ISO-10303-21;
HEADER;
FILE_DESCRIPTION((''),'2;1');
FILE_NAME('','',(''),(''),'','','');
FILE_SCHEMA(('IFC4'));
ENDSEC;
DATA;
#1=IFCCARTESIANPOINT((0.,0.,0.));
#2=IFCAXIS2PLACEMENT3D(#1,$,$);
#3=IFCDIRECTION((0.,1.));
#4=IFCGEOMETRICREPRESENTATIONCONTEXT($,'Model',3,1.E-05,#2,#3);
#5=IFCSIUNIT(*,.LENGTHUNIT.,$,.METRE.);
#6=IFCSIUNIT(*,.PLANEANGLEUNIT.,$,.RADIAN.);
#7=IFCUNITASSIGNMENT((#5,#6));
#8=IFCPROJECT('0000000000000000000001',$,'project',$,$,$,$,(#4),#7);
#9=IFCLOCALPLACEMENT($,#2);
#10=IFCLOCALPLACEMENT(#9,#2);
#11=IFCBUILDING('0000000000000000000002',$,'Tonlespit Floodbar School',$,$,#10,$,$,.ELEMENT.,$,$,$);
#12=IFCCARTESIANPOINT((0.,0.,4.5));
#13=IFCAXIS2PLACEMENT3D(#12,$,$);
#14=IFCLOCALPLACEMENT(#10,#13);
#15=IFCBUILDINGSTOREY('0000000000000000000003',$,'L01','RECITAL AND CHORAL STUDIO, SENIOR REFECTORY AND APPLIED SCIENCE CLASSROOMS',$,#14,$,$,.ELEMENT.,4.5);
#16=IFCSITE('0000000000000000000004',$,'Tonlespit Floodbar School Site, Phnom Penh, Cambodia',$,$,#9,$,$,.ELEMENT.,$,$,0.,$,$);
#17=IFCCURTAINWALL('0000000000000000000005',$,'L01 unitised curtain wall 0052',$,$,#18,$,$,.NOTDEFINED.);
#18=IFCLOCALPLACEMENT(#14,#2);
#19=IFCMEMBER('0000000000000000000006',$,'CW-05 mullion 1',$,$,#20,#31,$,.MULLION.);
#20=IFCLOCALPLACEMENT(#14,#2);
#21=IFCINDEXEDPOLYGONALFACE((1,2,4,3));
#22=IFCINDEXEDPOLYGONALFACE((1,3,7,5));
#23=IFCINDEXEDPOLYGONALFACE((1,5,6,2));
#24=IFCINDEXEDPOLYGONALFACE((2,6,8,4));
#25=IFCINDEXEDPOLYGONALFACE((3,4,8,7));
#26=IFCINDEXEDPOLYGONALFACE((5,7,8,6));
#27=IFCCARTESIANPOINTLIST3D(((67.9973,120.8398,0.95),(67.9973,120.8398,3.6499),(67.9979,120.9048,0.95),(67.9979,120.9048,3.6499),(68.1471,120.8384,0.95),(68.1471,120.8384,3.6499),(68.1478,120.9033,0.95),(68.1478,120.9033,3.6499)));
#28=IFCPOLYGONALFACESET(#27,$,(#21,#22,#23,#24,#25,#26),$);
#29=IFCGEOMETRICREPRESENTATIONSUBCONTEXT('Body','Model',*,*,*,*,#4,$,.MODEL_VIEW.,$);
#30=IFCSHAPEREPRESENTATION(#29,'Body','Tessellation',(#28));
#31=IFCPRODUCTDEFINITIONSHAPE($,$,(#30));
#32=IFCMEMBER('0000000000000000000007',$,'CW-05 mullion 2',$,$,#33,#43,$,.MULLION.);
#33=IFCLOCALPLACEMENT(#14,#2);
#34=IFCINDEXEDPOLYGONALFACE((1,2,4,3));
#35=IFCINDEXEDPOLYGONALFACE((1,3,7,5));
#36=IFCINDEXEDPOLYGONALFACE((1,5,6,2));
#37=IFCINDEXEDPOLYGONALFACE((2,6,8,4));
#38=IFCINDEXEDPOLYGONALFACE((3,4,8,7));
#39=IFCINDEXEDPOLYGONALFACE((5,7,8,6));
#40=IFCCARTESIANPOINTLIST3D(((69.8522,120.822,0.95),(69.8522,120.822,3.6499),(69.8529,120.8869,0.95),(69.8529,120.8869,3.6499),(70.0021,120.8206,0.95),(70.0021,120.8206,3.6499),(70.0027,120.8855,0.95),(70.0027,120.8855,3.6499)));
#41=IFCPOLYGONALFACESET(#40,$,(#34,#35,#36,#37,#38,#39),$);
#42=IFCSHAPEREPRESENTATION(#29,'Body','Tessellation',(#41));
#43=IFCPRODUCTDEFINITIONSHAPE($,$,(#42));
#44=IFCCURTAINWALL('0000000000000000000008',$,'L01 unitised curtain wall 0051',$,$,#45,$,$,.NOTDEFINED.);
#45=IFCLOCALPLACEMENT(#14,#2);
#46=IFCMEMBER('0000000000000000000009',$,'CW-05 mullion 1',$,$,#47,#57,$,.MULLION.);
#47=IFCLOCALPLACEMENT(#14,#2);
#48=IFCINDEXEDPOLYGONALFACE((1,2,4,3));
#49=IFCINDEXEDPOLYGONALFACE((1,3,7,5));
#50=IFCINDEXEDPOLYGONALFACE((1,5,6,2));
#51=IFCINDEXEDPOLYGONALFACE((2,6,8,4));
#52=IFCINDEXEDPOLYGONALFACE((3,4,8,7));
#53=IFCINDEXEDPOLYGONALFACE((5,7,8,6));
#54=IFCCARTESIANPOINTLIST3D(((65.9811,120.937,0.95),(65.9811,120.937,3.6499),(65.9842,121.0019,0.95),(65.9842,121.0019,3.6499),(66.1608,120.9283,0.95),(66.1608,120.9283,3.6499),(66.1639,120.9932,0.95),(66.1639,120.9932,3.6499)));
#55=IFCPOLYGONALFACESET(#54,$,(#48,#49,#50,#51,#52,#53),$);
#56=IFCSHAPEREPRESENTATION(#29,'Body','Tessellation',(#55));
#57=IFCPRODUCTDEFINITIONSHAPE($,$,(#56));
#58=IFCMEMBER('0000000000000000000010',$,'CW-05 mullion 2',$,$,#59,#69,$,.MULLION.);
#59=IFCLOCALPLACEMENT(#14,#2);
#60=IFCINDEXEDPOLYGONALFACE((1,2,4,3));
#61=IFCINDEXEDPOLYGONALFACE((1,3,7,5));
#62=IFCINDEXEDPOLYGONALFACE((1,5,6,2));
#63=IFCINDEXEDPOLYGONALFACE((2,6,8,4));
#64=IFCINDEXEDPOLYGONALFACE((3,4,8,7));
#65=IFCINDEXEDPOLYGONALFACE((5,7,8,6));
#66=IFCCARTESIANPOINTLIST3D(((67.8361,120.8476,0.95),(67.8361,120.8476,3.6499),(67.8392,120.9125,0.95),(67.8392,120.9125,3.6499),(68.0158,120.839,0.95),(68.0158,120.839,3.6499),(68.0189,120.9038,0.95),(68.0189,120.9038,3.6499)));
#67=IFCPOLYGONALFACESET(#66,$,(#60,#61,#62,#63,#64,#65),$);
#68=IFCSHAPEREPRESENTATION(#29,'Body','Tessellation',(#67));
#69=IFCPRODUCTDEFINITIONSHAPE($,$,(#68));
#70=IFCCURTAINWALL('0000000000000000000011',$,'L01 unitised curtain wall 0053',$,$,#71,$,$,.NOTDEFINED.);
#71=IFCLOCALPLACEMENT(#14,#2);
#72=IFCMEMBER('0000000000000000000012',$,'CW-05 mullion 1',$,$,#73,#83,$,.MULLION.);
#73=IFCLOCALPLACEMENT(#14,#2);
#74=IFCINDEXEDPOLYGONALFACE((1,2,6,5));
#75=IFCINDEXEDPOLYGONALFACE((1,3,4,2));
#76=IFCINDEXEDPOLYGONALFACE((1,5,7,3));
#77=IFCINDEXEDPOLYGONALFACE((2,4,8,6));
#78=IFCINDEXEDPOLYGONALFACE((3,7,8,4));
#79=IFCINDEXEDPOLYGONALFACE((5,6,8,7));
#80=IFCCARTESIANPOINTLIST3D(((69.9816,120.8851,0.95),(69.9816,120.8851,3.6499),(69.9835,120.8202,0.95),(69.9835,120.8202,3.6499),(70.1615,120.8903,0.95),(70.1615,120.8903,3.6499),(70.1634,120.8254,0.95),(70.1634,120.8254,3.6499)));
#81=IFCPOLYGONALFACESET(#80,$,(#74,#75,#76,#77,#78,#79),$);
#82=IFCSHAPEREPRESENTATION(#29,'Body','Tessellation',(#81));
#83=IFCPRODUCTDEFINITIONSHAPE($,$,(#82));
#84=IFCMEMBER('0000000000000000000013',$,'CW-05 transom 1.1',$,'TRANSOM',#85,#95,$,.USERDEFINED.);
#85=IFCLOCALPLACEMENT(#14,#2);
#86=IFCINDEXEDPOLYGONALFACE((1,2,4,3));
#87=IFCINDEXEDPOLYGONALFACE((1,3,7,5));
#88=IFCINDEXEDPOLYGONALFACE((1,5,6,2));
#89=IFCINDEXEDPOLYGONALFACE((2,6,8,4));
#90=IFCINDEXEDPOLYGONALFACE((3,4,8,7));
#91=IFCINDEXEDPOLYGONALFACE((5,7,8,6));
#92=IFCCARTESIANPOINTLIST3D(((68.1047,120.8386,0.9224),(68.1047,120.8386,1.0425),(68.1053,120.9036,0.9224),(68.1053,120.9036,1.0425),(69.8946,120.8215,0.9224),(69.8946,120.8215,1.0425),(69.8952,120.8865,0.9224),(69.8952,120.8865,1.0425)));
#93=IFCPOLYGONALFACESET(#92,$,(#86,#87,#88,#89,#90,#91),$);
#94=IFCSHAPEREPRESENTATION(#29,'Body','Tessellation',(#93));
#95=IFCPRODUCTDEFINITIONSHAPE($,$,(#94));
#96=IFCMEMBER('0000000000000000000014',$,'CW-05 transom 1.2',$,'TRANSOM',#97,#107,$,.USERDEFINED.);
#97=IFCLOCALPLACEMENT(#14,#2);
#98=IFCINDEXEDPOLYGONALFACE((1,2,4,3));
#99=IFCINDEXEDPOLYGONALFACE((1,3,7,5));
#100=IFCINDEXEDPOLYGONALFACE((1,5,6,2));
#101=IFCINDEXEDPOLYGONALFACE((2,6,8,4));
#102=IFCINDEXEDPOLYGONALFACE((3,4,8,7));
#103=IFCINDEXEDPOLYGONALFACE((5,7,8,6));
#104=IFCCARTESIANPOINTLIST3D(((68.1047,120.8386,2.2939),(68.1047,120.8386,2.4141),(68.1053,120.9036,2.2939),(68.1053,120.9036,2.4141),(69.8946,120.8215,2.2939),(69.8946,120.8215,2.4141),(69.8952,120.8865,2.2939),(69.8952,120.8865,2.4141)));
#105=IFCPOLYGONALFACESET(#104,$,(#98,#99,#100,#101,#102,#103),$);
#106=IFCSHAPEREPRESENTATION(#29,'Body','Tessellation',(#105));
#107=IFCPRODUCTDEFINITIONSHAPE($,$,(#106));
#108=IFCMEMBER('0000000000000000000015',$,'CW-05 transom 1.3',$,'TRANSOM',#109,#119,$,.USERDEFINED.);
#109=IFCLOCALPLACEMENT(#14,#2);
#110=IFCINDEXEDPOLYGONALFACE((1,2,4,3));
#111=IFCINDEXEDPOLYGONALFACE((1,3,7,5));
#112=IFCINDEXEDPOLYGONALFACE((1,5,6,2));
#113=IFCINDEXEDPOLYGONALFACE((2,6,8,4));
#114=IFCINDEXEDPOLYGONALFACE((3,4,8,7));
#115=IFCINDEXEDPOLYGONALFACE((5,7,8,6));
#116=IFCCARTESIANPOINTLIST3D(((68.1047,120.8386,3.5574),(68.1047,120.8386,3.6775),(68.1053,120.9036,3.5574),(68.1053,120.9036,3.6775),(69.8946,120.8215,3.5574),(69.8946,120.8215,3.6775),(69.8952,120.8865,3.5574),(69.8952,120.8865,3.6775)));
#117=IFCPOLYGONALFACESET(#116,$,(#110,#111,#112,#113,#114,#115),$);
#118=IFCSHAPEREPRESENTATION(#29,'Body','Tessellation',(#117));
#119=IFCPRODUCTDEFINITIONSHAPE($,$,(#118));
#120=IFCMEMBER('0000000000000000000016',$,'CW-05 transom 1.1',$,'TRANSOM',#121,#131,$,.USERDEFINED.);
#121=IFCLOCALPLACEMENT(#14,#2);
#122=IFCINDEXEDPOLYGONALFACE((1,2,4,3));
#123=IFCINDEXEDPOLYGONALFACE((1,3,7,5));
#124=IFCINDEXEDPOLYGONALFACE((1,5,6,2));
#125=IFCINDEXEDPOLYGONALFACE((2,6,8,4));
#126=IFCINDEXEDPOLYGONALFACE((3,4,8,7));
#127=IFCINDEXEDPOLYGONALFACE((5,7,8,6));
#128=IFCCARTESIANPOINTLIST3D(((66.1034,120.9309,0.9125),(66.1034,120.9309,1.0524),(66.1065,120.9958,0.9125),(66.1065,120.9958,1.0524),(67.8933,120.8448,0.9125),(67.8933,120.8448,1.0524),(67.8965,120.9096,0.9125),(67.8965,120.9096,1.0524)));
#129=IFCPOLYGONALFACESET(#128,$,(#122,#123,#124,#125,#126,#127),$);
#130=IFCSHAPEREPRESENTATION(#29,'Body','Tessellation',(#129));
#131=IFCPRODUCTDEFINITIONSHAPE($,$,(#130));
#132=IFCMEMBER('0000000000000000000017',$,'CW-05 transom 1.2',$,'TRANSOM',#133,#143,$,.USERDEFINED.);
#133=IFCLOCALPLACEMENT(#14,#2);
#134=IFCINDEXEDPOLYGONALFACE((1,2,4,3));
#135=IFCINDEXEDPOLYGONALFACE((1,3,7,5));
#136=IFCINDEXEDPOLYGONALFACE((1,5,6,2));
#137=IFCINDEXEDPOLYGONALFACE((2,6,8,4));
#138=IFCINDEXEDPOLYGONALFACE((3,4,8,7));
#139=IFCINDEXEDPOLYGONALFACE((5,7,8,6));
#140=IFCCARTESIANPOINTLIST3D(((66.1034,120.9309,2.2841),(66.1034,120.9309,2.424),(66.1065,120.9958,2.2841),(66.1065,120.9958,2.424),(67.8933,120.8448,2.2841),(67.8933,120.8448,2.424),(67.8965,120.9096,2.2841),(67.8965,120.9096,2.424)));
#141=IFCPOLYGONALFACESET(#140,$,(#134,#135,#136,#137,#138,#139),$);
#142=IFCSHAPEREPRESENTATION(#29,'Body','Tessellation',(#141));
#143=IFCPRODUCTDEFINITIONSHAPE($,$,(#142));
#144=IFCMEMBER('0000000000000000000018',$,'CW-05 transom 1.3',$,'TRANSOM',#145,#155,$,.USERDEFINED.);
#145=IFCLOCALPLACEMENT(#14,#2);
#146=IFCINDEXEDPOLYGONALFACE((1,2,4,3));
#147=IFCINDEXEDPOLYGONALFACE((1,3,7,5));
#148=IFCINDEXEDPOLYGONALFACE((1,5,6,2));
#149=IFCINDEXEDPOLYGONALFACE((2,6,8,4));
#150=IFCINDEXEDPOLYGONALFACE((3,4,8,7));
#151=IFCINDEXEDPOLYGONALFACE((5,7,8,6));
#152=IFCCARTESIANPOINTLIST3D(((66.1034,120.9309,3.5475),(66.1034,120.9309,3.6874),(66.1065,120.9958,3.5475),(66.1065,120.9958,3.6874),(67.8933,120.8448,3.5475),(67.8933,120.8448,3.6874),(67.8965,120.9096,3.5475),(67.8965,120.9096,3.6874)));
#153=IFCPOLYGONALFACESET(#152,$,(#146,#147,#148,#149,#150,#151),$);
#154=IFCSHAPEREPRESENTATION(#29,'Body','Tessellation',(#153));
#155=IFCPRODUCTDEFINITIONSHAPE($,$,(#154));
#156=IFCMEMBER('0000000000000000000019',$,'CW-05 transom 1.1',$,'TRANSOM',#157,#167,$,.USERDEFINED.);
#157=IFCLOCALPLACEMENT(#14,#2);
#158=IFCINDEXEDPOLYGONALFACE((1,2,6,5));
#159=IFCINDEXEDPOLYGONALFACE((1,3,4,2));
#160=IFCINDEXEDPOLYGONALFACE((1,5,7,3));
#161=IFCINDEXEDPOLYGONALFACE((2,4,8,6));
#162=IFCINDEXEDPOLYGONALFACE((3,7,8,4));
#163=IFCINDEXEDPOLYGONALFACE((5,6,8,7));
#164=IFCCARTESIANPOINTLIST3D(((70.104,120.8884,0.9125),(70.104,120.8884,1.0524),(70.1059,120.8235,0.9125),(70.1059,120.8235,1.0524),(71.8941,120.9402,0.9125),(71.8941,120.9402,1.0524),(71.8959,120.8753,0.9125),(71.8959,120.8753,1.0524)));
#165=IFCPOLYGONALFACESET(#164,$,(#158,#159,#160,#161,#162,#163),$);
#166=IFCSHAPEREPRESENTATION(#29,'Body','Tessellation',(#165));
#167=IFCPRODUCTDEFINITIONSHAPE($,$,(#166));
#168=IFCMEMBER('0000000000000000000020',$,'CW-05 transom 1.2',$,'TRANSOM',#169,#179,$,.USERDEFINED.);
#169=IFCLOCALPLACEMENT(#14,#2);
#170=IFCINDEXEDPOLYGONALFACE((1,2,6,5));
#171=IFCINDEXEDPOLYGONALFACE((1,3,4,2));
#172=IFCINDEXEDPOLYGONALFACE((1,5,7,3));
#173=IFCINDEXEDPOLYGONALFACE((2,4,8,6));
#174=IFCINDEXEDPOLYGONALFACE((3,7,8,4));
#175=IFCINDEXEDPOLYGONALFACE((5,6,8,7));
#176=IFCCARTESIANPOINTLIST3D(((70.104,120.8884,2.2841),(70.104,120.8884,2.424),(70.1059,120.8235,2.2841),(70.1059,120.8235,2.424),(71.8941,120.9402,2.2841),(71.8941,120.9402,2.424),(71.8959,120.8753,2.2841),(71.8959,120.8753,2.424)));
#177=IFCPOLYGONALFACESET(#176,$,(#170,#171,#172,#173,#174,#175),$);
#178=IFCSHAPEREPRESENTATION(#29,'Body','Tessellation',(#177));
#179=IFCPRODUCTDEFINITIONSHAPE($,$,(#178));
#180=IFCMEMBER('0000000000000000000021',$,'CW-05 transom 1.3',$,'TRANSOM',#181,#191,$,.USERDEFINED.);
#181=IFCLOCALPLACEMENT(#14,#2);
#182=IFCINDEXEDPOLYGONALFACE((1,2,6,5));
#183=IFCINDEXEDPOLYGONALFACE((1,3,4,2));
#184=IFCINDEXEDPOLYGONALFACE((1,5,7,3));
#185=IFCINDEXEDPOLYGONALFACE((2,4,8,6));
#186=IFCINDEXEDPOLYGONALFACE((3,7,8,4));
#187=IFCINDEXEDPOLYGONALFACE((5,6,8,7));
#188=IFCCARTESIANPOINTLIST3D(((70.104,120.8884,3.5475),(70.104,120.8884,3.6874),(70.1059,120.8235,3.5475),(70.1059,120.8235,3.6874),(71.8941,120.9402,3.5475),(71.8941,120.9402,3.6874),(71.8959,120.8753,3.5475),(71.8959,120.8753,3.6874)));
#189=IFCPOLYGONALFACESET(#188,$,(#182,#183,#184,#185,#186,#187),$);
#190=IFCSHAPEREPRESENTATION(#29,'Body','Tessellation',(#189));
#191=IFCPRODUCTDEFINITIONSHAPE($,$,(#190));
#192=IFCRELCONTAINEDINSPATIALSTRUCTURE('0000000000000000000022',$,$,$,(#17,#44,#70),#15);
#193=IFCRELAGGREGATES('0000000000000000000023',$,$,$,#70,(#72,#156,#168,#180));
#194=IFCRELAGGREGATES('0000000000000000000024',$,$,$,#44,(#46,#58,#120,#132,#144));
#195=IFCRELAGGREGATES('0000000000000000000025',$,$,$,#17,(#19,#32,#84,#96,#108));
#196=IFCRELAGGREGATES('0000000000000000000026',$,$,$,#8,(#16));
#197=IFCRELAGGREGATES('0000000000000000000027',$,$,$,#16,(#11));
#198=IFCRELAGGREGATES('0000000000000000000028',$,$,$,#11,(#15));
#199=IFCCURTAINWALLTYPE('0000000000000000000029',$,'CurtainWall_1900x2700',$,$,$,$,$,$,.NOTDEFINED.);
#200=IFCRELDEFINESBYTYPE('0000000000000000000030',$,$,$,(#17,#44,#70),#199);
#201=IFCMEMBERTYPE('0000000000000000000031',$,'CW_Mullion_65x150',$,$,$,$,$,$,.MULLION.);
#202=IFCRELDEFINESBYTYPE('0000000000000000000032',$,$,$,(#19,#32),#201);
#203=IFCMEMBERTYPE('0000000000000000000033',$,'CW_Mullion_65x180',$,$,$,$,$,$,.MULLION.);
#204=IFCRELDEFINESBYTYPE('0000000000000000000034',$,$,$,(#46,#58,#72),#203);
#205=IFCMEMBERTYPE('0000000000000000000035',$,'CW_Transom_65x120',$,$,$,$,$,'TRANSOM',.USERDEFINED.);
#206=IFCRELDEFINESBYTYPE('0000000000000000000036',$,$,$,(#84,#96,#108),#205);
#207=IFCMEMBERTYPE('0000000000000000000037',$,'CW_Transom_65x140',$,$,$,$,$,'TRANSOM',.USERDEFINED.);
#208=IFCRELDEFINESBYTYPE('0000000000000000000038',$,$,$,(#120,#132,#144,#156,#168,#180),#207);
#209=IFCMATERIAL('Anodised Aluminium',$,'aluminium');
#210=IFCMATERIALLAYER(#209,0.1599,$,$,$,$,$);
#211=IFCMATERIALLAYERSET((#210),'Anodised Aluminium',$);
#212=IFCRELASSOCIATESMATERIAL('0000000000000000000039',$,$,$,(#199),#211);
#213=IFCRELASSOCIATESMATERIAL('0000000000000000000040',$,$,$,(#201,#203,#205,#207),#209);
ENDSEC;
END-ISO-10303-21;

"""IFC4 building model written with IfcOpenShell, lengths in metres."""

from ifc_helpers import new_model, si_unit, direction, frame, origin, origin_2d, place, context, subcontext, project, spatial, rectangle, extrude, material, layer, layer_set, material_profile, profile_set, type_object, element, aggregate, save


model = new_model("IFC4")

# Units and contexts
model_context = context("Model", 3, precision=1e-05, world=origin(), true_north=direction((0.0, 1.0)))
body_context = subcontext(model_context, "Body", "Model", "MODEL_VIEW")
ifc_project = project(units=[si_unit("LENGTHUNIT", "METRE"), si_unit("PLANEANGLEUNIT", "RADIAN")], contexts=[model_context])

# Site, building, storey
site_placement = place(None, origin())
site = spatial("IfcSite", under=ifc_project, at=site_placement, Name="Tonlespit Floodbar School Site, Phnom Penh, Cambodia", CompositionType="ELEMENT", RefElevation=0.0)
building_placement = place(site_placement, origin())
building = spatial("IfcBuilding", under=site, at=building_placement, Name="Tonlespit Floodbar School", CompositionType="ELEMENT")
storey_placement = place(building_placement, frame((0.0, 0.0, 4.5)))
storey = spatial("IfcBuildingStorey", under=building, at=storey_placement, Name="L01", Description="RECITAL AND CHORAL STUDIO, SENIOR REFECTORY AND APPLIED SCIENCE CLASSROOMS", CompositionType="ELEMENT", Elevation=4.5)

# Curtain walls, members
ifc_material_1 = material(Name="Anodised Aluminium", Category="aluminium")
ifc_layer_1 = layer(ifc_material_1, 0.1599)
ifc_layer_set_1 = layer_set([ifc_layer_1], Name="Anodised Aluminium")
curtain_wall_type = type_object("IfcCurtainWallType", Name="CurtainWall_1900x2700", PredefinedType="NOTDEFINED", material=ifc_layer_set_1)
curtain_wall_1_placement = place(storey_placement, origin())
curtain_wall_1 = element("IfcCurtainWall", 1, at=curtain_wall_1_placement, inside=storey, type_object=curtain_wall_type, Name="L01 unitised curtain wall 0052", PredefinedType="NOTDEFINED")
ifc_material_profile_1 = material_profile(ifc_material_1, rectangle(XDim=0.0649, YDim=0.1499, at=origin_2d()), Name="ALU M65x150")
ifc_profile_set_1 = profile_set([ifc_material_profile_1], Name="Anodised Aluminium")
member_type_1 = type_object("IfcMemberType", Name="CW_Mullion_65x150", PredefinedType="MULLION", material=ifc_profile_set_1)
member_1_placement = place(storey_placement, frame((68.0725, 120.8716, 0.95), z_axis=(0.0, 0.0, 1.0), x_axis=(0.009583, 0.999954, 0.0)))
member_1 = element("IfcMember", 2, at=member_1_placement, type_object=member_type_1, Name="CW-05 mullion 1", PredefinedType="MULLION", context=body_context, shape_type="SweptSolid", body=[
    extrude(rectangle(XDim=0.0649, YDim=0.1499, at=origin_2d()), origin(), (0.0, 0.0, 1.0), 2.7),
])
member_2_placement = place(storey_placement, frame((69.9275, 120.8538, 0.95), z_axis=(0.0, 0.0, 1.0), x_axis=(0.009583, 0.999954, 0.0)))
member_2 = element("IfcMember", 3, at=member_2_placement, type_object=member_type_1, Name="CW-05 mullion 2", PredefinedType="MULLION", context=body_context, shape_type="SweptSolid", body=[
    extrude(rectangle(XDim=0.0649, YDim=0.1499, at=origin_2d()), origin(), (0.0, 0.0, 1.0), 2.7),
])
curtain_wall_2_placement = place(storey_placement, origin())
curtain_wall_2 = element("IfcCurtainWall", 4, at=curtain_wall_2_placement, inside=storey, type_object=curtain_wall_type, Name="L01 unitised curtain wall 0051", PredefinedType="NOTDEFINED")
ifc_material_profile_2 = material_profile(ifc_material_1, rectangle(XDim=0.0649, YDim=0.1799, at=origin_2d()), Name="ALU M65x180")
ifc_profile_set_2 = profile_set([ifc_material_profile_2], Name="Anodised Aluminium")
member_type_2 = type_object("IfcMemberType", Name="CW_Mullion_65x180", PredefinedType="MULLION", material=ifc_profile_set_2)
member_3_placement = place(storey_placement, frame((66.0725, 120.9651, 0.95), z_axis=(0.0, 0.0, 1.0), x_axis=(0.048121, 0.998842, 0.0)))
member_3 = element("IfcMember", 5, at=member_3_placement, type_object=member_type_2, Name="CW-05 mullion 1", PredefinedType="MULLION", context=body_context, shape_type="SweptSolid", body=[
    extrude(rectangle(XDim=0.0649, YDim=0.1799, at=origin_2d()), origin(), (0.0, 0.0, 1.0), 2.7),
])
member_4_placement = place(storey_placement, frame((67.9275, 120.8757, 0.95), z_axis=(0.0, 0.0, 1.0), x_axis=(0.048121, 0.998842, 0.0)))
member_4 = element("IfcMember", 6, at=member_4_placement, type_object=member_type_2, Name="CW-05 mullion 2", PredefinedType="MULLION", context=body_context, shape_type="SweptSolid", body=[
    extrude(rectangle(XDim=0.0649, YDim=0.1799, at=origin_2d()), origin(), (0.0, 0.0, 1.0), 2.7),
])

# Curtain wall, member
curtain_wall_3_placement = place(storey_placement, origin())
curtain_wall_3 = element("IfcCurtainWall", 7, at=curtain_wall_3_placement, inside=storey, type_object=curtain_wall_type, Name="L01 unitised curtain wall 0053", PredefinedType="NOTDEFINED")
member_5_placement = place(storey_placement, frame((70.0725, 120.8552, 0.95), z_axis=(0.0, 0.0, 1.0), x_axis=(-0.02879, 0.999585, 0.0)))
member_5 = element("IfcMember", 8, at=member_5_placement, type_object=member_type_2, Name="CW-05 mullion 1", PredefinedType="MULLION", context=body_context, shape_type="SweptSolid", body=[
    extrude(rectangle(XDim=0.0649, YDim=0.1799, at=origin_2d()), origin(), (0.0, 0.0, 1.0), 2.7),
])

# Members
ifc_material_profile_3 = material_profile(ifc_material_1, rectangle(XDim=0.0649, YDim=0.1201, at=origin_2d()), Name="ALU T65x120")
ifc_profile_set_3 = profile_set([ifc_material_profile_3], Name="Anodised Aluminium")
member_type_3 = type_object("IfcMemberType", Name="CW_Transom_65x120", ElementType="TRANSOM", PredefinedType="USERDEFINED", material=ifc_profile_set_3)
member_6_placement = place(storey_placement, frame((68.105, 120.8711, 0.9824), z_axis=(0.999954, -0.009547, 0.0), x_axis=(0.009547, 0.999954, 0.0)))
member_6 = element("IfcMember", 9, at=member_6_placement, type_object=member_type_3, Name="CW-05 transom 1.1", ObjectType="TRANSOM", PredefinedType="USERDEFINED", context=body_context, shape_type="SweptSolid", body=[
    extrude(rectangle(XDim=0.0649, YDim=0.1201, at=origin_2d()), origin(), (0.0, 0.0, 1.0), 1.79),
])
member_7_placement = place(storey_placement, frame((68.105, 120.8711, 2.354), z_axis=(0.999954, -0.009547, 0.0), x_axis=(0.009547, 0.999954, 0.0)))
member_7 = element("IfcMember", 10, at=member_7_placement, type_object=member_type_3, Name="CW-05 transom 1.2", ObjectType="TRANSOM", PredefinedType="USERDEFINED", context=body_context, shape_type="SweptSolid", body=[
    extrude(rectangle(XDim=0.0649, YDim=0.1201, at=origin_2d()), origin(), (0.0, 0.0, 1.0), 1.79),
])
member_8_placement = place(storey_placement, frame((68.105, 120.8711, 3.6174), z_axis=(0.999954, -0.009547, 0.0), x_axis=(0.009547, 0.999954, 0.0)))
member_8 = element("IfcMember", 11, at=member_8_placement, type_object=member_type_3, Name="CW-05 transom 1.3", ObjectType="TRANSOM", PredefinedType="USERDEFINED", context=body_context, shape_type="SweptSolid", body=[
    extrude(rectangle(XDim=0.0649, YDim=0.1201, at=origin_2d()), origin(), (0.0, 0.0, 1.0), 1.79),
])
ifc_material_profile_4 = material_profile(ifc_material_1, rectangle(XDim=0.0649, YDim=0.1399, at=origin_2d()), Name="ALU T65x140")
ifc_profile_set_4 = profile_set([ifc_material_profile_4], Name="Anodised Aluminium")
member_type_4 = type_object("IfcMemberType", Name="CW_Transom_65x140", ElementType="TRANSOM", PredefinedType="USERDEFINED", material=ifc_profile_set_4)
member_9_placement = place(storey_placement, frame((66.105, 120.9634, 0.9824), z_axis=(0.998843, -0.048089, 0.0), x_axis=(0.048089, 0.998843, 0.0)))
member_9 = element("IfcMember", 12, at=member_9_placement, type_object=member_type_4, Name="CW-05 transom 1.1", ObjectType="TRANSOM", PredefinedType="USERDEFINED", context=body_context, shape_type="SweptSolid", body=[
    extrude(rectangle(XDim=0.0649, YDim=0.1399, at=origin_2d()), origin(), (0.0, 0.0, 1.0), 1.792),
])
member_10_placement = place(storey_placement, frame((66.105, 120.9634, 2.354), z_axis=(0.998843, -0.048089, 0.0), x_axis=(0.048089, 0.998843, 0.0)))
member_10 = element("IfcMember", 13, at=member_10_placement, type_object=member_type_4, Name="CW-05 transom 1.2", ObjectType="TRANSOM", PredefinedType="USERDEFINED", context=body_context, shape_type="SweptSolid", body=[
    extrude(rectangle(XDim=0.0649, YDim=0.1399, at=origin_2d()), origin(), (0.0, 0.0, 1.0), 1.792),
])
member_11_placement = place(storey_placement, frame((66.105, 120.9634, 3.6174), z_axis=(0.998843, -0.048089, 0.0), x_axis=(0.048089, 0.998843, 0.0)))
member_11 = element("IfcMember", 14, at=member_11_placement, type_object=member_type_4, Name="CW-05 transom 1.3", ObjectType="TRANSOM", PredefinedType="USERDEFINED", context=body_context, shape_type="SweptSolid", body=[
    extrude(rectangle(XDim=0.0649, YDim=0.1399, at=origin_2d()), origin(), (0.0, 0.0, 1.0), 1.792),
])
member_12_placement = place(storey_placement, frame((70.105, 120.856, 0.9824), z_axis=(0.999582, 0.028902, 0.0), x_axis=(-0.028902, 0.999582, 0.0)))
member_12 = element("IfcMember", 15, at=member_12_placement, type_object=member_type_4, Name="CW-05 transom 1.1", ObjectType="TRANSOM", PredefinedType="USERDEFINED", context=body_context, shape_type="SweptSolid", body=[
    extrude(rectangle(XDim=0.0649, YDim=0.1399, at=origin_2d()), origin(), (0.0, 0.0, 1.0), 1.7908),
])
member_13_placement = place(storey_placement, frame((70.105, 120.856, 2.354), z_axis=(0.999582, 0.028902, 0.0), x_axis=(-0.028902, 0.999582, 0.0)))
member_13 = element("IfcMember", 16, at=member_13_placement, type_object=member_type_4, Name="CW-05 transom 1.2", ObjectType="TRANSOM", PredefinedType="USERDEFINED", context=body_context, shape_type="SweptSolid", body=[
    extrude(rectangle(XDim=0.0649, YDim=0.1399, at=origin_2d()), origin(), (0.0, 0.0, 1.0), 1.7908),
])
member_14_placement = place(storey_placement, frame((70.105, 120.856, 3.6174), z_axis=(0.999582, 0.028902, 0.0), x_axis=(-0.028902, 0.999582, 0.0)))
member_14 = element("IfcMember", 17, at=member_14_placement, type_object=member_type_4, Name="CW-05 transom 1.3", ObjectType="TRANSOM", PredefinedType="USERDEFINED", context=body_context, shape_type="SweptSolid", body=[
    extrude(rectangle(XDim=0.0649, YDim=0.1399, at=origin_2d()), origin(), (0.0, 0.0, 1.0), 1.7908),
])
aggregate(curtain_wall_3, [member_5, member_12, member_13, member_14])

aggregate(curtain_wall_2, [member_3, member_4, member_9, member_10, member_11])
aggregate(curtain_wall_1, [member_1, member_2, member_6, member_7, member_8])

save(model, "model.ifc")
